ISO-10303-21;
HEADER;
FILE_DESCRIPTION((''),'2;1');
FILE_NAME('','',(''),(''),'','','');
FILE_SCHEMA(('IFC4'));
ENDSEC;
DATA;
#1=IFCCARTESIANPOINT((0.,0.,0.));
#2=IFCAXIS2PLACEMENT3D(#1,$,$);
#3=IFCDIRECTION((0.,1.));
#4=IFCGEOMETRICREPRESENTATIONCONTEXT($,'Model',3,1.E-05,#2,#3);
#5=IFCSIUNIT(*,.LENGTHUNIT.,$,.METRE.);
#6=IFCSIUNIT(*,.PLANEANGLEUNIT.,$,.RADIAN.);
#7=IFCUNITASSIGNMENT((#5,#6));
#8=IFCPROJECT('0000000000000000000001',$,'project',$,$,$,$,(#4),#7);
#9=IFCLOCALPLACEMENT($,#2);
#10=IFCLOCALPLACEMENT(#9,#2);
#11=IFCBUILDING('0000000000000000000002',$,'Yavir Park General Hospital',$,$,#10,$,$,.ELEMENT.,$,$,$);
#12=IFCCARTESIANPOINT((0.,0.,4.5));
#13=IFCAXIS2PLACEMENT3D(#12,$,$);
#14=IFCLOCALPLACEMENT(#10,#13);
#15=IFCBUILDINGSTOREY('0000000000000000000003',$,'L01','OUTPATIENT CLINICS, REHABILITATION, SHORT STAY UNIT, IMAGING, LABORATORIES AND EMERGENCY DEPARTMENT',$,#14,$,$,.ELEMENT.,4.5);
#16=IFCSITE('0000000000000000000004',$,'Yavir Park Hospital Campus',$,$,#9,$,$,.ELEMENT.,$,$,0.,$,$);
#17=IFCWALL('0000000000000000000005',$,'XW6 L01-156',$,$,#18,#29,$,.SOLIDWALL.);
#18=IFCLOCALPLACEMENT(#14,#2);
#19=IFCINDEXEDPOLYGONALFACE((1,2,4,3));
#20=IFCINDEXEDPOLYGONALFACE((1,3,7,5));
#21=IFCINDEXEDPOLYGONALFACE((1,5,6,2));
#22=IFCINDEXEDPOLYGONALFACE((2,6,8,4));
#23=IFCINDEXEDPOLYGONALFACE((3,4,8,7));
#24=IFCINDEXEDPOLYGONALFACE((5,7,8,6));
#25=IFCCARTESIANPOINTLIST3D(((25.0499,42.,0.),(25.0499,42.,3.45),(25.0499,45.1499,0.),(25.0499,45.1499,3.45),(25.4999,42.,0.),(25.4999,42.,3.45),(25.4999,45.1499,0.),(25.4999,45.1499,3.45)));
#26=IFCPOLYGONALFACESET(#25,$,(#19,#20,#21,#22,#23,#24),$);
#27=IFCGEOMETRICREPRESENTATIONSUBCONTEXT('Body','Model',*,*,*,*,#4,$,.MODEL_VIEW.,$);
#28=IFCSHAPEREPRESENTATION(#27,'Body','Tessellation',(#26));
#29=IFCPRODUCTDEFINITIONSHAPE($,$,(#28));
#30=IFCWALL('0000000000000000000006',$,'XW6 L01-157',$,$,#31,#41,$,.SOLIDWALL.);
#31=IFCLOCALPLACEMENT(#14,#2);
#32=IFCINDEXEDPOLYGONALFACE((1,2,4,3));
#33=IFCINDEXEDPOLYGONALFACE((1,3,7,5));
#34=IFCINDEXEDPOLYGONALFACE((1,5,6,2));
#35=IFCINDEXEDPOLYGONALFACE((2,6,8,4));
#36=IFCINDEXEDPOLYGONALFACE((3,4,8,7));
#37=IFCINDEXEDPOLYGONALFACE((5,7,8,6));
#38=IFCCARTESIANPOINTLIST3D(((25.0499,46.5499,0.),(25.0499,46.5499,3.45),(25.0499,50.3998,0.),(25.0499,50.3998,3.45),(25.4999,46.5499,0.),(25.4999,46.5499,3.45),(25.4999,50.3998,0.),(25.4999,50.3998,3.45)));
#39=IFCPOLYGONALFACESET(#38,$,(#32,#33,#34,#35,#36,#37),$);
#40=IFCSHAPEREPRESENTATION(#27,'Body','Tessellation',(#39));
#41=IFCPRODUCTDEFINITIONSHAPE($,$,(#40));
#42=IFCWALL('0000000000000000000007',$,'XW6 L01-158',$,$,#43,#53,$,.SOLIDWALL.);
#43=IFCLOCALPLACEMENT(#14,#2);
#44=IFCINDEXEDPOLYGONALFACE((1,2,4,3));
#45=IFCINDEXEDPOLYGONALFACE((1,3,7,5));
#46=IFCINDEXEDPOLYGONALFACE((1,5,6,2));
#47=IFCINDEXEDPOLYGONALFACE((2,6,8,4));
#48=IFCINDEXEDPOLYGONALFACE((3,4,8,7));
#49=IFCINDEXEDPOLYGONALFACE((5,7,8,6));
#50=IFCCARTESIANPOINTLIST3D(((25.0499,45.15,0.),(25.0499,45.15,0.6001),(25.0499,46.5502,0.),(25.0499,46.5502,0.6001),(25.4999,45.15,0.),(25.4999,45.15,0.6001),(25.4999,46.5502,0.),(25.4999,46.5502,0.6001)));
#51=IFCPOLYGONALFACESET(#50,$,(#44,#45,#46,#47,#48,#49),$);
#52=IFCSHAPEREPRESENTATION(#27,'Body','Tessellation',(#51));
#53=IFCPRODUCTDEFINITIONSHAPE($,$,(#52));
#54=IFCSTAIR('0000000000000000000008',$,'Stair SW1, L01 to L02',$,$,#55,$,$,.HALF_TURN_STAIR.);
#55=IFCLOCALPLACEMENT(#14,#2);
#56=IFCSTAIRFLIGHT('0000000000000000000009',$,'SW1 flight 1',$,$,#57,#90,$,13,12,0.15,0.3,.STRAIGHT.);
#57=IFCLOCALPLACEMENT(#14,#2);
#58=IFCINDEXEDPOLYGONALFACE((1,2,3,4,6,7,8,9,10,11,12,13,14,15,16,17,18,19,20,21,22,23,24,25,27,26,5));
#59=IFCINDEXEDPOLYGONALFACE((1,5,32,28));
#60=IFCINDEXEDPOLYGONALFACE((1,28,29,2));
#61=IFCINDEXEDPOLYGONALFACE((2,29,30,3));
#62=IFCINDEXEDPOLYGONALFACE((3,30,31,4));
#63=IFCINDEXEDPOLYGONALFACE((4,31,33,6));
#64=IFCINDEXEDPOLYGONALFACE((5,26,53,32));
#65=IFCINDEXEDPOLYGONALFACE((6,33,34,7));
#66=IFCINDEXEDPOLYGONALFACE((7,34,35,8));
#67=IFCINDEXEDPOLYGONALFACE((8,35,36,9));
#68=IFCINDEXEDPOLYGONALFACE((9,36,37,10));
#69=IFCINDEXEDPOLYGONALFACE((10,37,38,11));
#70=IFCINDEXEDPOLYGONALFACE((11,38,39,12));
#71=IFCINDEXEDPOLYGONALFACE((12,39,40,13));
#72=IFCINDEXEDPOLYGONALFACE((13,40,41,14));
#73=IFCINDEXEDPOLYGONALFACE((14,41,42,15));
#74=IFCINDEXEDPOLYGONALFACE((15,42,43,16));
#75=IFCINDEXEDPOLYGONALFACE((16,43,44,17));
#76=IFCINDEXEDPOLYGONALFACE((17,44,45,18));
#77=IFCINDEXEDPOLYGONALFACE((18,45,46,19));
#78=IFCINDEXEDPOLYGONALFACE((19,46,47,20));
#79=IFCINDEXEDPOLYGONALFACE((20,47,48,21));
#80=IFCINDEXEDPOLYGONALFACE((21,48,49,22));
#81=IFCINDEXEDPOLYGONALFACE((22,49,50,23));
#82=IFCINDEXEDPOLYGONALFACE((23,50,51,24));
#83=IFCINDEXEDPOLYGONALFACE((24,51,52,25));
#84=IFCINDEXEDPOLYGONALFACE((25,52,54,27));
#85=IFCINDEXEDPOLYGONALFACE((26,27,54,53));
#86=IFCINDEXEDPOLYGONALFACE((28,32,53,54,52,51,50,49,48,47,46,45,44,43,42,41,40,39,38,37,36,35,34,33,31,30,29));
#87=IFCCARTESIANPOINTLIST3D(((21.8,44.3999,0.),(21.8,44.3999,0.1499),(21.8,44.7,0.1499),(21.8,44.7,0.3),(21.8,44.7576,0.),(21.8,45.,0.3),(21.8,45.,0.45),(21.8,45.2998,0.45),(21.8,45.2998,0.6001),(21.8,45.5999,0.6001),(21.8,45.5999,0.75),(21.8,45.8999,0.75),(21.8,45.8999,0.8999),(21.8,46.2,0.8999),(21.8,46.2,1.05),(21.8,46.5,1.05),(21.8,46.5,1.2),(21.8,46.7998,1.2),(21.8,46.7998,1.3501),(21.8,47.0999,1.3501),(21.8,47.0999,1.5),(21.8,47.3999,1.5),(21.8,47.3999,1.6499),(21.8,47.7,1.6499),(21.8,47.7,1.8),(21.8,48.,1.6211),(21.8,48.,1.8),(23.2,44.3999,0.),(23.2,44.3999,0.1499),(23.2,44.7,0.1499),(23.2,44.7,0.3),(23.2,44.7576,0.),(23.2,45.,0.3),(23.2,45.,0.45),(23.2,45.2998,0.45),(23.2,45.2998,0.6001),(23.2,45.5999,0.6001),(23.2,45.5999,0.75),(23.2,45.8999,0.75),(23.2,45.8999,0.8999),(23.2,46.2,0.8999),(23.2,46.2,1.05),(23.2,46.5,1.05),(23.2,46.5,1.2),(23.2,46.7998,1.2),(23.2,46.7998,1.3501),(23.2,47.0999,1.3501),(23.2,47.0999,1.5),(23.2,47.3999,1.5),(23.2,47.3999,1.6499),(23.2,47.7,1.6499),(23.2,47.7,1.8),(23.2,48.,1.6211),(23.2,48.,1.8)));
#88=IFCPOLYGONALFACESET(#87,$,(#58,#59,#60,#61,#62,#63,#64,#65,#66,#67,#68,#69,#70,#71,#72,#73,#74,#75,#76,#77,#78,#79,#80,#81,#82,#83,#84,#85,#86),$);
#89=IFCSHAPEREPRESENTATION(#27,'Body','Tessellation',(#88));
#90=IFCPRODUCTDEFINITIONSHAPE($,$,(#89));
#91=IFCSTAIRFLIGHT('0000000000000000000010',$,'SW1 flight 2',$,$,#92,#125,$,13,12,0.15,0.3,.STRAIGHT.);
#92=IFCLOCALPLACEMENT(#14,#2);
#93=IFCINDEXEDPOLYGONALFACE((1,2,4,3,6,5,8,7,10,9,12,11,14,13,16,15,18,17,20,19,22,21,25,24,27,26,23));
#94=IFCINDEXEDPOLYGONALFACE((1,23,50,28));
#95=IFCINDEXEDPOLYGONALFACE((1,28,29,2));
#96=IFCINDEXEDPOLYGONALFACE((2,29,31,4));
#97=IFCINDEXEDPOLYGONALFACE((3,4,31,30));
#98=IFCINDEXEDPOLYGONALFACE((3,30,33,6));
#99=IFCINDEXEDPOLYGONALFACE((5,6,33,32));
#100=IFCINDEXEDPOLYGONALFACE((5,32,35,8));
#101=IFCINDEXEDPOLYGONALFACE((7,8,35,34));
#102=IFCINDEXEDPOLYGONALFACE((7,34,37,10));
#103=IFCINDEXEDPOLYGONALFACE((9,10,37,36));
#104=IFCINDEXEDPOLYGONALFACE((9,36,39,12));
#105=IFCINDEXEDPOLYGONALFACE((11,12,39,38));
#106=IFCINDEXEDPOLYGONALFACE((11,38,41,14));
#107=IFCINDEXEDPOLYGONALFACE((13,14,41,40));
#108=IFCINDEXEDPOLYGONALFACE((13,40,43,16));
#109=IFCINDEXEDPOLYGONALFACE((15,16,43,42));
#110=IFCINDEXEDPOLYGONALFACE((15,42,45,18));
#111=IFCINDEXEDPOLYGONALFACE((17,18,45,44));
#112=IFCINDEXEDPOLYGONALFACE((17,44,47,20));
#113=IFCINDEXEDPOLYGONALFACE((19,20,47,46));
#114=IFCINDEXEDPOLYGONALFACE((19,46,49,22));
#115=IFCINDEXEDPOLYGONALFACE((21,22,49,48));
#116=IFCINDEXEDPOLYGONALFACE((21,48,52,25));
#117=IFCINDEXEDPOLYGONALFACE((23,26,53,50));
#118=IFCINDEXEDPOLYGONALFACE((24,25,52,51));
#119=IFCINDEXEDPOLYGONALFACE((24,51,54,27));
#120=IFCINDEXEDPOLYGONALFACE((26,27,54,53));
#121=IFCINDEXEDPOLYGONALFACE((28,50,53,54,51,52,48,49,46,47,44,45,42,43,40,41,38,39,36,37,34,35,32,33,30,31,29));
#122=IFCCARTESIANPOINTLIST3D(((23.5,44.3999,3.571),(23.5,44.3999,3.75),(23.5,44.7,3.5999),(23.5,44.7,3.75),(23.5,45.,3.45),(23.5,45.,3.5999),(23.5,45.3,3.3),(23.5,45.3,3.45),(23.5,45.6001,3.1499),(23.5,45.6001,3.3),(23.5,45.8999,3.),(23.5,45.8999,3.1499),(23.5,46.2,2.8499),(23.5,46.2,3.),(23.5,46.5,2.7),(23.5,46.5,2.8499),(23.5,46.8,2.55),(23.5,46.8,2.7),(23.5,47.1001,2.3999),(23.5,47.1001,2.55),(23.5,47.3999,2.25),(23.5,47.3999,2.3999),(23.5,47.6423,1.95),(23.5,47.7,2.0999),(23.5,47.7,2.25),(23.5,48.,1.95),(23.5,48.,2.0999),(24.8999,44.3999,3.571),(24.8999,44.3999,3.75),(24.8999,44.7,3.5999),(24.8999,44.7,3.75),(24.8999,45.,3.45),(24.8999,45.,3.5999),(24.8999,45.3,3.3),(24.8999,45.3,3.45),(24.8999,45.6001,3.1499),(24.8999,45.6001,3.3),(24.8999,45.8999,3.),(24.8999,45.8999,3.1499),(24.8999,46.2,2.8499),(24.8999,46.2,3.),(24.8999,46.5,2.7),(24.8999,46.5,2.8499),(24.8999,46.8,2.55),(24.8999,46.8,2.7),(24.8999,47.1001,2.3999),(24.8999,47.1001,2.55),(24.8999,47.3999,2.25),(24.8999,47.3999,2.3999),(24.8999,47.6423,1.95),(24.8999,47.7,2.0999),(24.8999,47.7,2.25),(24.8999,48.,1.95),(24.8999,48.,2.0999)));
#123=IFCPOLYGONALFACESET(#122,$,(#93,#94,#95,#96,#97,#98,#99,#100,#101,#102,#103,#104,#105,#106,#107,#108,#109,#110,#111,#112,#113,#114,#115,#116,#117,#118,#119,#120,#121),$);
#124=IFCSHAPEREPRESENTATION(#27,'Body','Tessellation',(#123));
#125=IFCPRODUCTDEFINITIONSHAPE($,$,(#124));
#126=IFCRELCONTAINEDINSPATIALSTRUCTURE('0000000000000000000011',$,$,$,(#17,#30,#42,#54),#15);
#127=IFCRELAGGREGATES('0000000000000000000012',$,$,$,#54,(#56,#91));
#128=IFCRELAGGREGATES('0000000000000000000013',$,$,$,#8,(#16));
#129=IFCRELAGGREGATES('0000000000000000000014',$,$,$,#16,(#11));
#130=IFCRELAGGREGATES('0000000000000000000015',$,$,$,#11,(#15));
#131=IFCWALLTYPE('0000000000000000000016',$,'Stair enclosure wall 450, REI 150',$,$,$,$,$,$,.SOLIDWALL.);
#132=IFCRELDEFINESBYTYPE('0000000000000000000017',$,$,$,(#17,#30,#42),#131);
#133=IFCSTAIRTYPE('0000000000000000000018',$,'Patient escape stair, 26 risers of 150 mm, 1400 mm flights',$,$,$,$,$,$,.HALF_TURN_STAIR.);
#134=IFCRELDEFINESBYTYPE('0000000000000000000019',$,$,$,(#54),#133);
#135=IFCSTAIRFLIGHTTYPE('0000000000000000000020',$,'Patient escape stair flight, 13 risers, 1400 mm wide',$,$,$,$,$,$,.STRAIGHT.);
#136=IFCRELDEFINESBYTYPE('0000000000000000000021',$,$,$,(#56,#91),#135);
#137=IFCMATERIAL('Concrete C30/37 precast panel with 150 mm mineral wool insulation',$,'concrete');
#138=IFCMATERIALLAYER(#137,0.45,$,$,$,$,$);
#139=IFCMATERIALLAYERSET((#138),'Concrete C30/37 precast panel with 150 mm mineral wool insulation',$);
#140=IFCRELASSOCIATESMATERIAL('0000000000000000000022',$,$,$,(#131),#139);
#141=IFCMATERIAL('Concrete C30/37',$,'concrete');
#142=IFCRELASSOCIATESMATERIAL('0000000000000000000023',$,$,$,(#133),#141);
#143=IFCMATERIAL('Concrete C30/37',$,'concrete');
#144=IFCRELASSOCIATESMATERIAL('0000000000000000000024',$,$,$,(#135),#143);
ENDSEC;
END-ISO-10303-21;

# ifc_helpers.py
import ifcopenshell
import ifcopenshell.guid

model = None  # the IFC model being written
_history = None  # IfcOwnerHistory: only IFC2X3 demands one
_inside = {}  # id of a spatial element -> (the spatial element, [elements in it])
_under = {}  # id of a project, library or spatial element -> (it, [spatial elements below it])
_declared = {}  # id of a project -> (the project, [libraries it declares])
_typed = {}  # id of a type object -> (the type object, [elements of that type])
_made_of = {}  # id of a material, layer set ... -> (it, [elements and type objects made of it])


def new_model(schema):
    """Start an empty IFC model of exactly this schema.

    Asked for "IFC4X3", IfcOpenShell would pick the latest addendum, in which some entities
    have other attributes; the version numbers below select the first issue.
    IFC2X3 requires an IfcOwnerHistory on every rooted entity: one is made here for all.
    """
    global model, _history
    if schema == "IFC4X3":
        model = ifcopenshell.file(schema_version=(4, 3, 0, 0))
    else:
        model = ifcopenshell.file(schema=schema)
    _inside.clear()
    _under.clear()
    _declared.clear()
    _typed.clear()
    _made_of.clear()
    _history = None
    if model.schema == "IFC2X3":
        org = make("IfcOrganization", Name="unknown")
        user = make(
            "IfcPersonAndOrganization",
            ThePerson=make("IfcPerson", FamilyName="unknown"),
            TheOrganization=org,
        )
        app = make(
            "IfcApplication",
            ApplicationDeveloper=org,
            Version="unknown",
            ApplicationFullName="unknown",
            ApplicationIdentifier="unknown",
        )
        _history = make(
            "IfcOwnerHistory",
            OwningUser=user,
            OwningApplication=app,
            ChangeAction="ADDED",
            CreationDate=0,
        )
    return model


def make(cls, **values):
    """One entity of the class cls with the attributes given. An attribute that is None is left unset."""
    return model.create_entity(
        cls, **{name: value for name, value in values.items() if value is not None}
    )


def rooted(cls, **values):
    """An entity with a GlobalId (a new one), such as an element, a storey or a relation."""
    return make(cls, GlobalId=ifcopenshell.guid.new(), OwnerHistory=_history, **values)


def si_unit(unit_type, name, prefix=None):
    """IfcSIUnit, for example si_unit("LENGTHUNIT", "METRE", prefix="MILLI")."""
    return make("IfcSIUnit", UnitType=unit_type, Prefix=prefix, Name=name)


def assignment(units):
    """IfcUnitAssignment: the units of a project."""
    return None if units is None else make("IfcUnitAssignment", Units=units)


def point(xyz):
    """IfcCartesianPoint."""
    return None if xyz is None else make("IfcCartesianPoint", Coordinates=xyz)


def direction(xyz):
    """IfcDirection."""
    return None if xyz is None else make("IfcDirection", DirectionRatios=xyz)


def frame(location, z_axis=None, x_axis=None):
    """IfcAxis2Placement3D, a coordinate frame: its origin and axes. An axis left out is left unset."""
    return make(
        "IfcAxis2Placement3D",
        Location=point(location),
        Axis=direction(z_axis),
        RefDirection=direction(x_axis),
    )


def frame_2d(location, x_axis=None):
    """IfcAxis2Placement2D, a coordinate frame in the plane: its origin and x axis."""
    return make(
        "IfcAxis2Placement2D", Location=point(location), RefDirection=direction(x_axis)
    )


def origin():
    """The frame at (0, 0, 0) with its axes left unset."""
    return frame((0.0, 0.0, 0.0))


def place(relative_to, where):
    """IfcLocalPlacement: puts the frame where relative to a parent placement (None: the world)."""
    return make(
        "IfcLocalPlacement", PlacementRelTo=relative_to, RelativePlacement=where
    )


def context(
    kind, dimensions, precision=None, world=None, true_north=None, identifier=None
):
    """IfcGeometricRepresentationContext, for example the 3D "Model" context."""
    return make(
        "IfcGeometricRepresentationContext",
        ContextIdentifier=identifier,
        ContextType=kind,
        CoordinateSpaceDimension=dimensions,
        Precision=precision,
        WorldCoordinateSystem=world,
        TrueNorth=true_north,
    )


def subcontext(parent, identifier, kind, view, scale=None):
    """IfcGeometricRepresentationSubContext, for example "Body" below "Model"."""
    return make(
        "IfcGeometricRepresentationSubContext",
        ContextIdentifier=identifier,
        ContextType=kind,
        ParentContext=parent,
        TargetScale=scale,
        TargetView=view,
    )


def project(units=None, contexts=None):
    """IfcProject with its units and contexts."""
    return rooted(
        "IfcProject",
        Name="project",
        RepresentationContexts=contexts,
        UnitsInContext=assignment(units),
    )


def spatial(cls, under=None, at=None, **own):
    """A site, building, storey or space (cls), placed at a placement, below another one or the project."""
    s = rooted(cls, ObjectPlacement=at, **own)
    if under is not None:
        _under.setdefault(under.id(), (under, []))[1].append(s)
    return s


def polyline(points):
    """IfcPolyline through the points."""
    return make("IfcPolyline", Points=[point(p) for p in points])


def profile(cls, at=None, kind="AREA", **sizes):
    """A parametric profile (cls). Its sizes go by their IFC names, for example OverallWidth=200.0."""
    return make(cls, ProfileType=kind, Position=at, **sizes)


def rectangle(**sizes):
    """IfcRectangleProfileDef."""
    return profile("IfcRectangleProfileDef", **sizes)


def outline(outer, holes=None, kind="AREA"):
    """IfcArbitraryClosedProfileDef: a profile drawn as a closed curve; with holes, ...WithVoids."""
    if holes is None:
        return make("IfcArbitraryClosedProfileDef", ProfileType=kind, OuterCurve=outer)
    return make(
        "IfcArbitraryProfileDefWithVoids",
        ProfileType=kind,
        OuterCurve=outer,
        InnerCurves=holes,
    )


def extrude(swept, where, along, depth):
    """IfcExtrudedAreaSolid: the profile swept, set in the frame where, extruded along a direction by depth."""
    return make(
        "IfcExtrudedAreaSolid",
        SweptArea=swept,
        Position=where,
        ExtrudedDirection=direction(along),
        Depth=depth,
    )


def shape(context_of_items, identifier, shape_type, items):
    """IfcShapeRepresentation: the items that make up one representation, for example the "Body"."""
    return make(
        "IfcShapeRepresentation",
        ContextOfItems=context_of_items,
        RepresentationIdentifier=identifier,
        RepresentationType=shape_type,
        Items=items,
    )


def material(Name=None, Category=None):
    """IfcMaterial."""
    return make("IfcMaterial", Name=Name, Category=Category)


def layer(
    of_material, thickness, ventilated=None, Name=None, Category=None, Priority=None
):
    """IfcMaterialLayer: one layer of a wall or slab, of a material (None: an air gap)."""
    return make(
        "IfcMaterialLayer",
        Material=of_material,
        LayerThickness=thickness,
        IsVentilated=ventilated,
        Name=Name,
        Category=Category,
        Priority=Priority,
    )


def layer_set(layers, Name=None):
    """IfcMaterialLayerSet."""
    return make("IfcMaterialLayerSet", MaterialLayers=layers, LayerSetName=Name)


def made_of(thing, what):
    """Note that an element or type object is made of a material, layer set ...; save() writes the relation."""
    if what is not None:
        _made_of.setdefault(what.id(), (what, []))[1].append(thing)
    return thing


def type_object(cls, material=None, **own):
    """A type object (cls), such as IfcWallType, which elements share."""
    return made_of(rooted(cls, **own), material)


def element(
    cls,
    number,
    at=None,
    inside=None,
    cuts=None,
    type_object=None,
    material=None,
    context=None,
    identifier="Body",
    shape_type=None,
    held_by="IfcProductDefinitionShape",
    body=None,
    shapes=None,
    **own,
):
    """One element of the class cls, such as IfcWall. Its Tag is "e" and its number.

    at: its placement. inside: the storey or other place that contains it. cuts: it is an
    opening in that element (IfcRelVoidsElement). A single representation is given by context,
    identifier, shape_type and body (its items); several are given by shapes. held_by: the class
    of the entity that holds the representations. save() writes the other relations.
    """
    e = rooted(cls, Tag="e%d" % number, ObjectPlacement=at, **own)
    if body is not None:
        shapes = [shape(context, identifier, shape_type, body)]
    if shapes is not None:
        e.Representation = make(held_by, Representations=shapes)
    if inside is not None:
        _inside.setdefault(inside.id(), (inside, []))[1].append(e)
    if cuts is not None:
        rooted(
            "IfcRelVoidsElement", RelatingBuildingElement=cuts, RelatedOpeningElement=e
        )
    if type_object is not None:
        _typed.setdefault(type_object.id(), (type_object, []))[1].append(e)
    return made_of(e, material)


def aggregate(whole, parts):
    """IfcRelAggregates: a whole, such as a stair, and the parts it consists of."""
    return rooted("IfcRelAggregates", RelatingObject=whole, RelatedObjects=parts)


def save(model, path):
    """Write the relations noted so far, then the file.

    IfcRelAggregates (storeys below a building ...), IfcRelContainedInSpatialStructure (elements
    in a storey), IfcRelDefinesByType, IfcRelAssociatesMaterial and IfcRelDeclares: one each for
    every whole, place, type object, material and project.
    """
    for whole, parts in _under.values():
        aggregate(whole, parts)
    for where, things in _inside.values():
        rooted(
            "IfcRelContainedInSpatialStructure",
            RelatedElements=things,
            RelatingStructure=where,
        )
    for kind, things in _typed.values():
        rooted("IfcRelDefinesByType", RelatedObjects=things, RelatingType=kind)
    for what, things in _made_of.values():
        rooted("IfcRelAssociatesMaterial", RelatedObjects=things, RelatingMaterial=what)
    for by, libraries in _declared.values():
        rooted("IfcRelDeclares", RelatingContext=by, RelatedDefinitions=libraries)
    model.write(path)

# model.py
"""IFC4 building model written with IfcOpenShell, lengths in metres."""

from ifc_helpers import new_model, si_unit, direction, frame, frame_2d, origin, place, context, subcontext, project, spatial, polyline, rectangle, outline, extrude, material, layer, layer_set, type_object, element, aggregate, save


model = new_model("IFC4")

# Units and contexts
model_context = context("Model", 3, precision=1e-05, world=origin(), true_north=direction((0.0, 1.0)))
body_context = subcontext(model_context, "Body", "Model", "MODEL_VIEW")
ifc_project = project(units=[si_unit("LENGTHUNIT", "METRE"), si_unit("PLANEANGLEUNIT", "RADIAN")], contexts=[model_context])

# Site, building, storey
site_placement = place(None, origin())
site = spatial("IfcSite", under=ifc_project, at=site_placement, Name="Yavir Park Hospital Campus", CompositionType="ELEMENT", RefElevation=0.0)
building_placement = place(site_placement, origin())
building = spatial("IfcBuilding", under=site, at=building_placement, Name="Yavir Park General Hospital", CompositionType="ELEMENT")
storey_placement = place(building_placement, frame((0.0, 0.0, 4.5)))
storey = spatial("IfcBuildingStorey", under=building, at=storey_placement, Name="L01", Description="OUTPATIENT CLINICS, REHABILITATION, SHORT STAY UNIT, IMAGING, LABORATORIES AND EMERGENCY DEPARTMENT", CompositionType="ELEMENT", Elevation=4.5)

# Walls
ifc_material_1 = material(Name="Concrete C30/37 precast panel with 150 mm mineral wool insulation", Category="concrete")
ifc_layer_1 = layer(ifc_material_1, 0.45)
ifc_layer_set_1 = layer_set([ifc_layer_1], Name="Concrete C30/37 precast panel with 150 mm mineral wool insulation")
wall_type_1 = type_object("IfcWallType", Name="Stair enclosure wall 450, REI 150", PredefinedType="SOLIDWALL", material=ifc_layer_set_1)
wall_1_placement = place(storey_placement, frame((25.2749, 42.0, 0.0), z_axis=(0.0, 0.0, 1.0), x_axis=(0.0, 1.0, 0.0)))
element("IfcWall", 1, at=wall_1_placement, inside=storey, type_object=wall_type_1, Name="XW6 L01-156", PredefinedType="SOLIDWALL", context=body_context, shape_type="SweptSolid", body=[
    extrude(rectangle(XDim=3.1499, YDim=0.45, at=frame_2d((1.575, 0.0))), origin(), (0.0, 0.0, 1.0), 3.45),
])
wall_2_placement = place(storey_placement, frame((25.2749, 46.55, 0.0), z_axis=(0.0, 0.0, 1.0), x_axis=(0.0, 1.0, 0.0)))
element("IfcWall", 2, at=wall_2_placement, inside=storey, type_object=wall_type_1, Name="XW6 L01-157", PredefinedType="SOLIDWALL", context=body_context, shape_type="SweptSolid", body=[
    extrude(rectangle(XDim=3.8499, YDim=0.45, at=frame_2d((1.9248, 0.0))), origin(), (0.0, 0.0, 1.0), 3.45),
])
wall_3_placement = place(storey_placement, frame((25.2749, 45.1499, 0.0), z_axis=(0.0, 0.0, 1.0), x_axis=(0.0, 1.0, 0.0)))
element("IfcWall", 3, at=wall_3_placement, inside=storey, type_object=wall_type_1, Name="XW6 L01-158", PredefinedType="SOLIDWALL", context=body_context, shape_type="SweptSolid", body=[
    extrude(rectangle(XDim=1.4001, YDim=0.45, at=frame_2d((0.7002, 0.0))), origin(), (0.0, 0.0, 1.0), 0.6001),
])

# Stair, stair flights
ifc_material_2 = material(Name="Concrete C30/37", Category="concrete")
stair_type = type_object("IfcStairType", Name="Patient escape stair, 26 risers of 150 mm, 1400 mm flights", PredefinedType="HALF_TURN_STAIR", material=ifc_material_2)
stair_placement = place(storey_placement, origin())
stair = element("IfcStair", 4, at=stair_placement, inside=storey, type_object=stair_type, Name="Stair SW1, L01 to L02", PredefinedType="HALF_TURN_STAIR")
ifc_material_3 = material(Name="Concrete C30/37", Category="concrete")
stair_flight_type = type_object("IfcStairFlightType", Name="Patient escape stair flight, 13 risers, 1400 mm wide", PredefinedType="STRAIGHT", material=ifc_material_3)
stair_flight_1_placement = place(storey_placement, frame((22.5, 44.3999, 0.0), z_axis=(0.0, 0.0, 1.0), x_axis=(0.0, 1.0, 0.0)))
stair_flight_1 = element("IfcStairFlight", 5, at=stair_flight_1_placement, type_object=stair_flight_type, Name="SW1 flight 1", NumberOfRisers=13, NumberOfTreads=12, PredefinedType="STRAIGHT", RiserHeight=0.15, TreadLength=0.3, context=body_context, shape_type="SweptSolid", body=[
    extrude(outline(polyline([(0.0, 0.0), (0.0, 0.1499), (0.3, 0.1499), (0.3, 0.3), (0.6001, 0.3), (0.6001, 0.45), (0.8999, 0.45), (0.8999, 0.6001), (1.2, 0.6001), (1.2, 0.75), (1.5, 0.75), (1.5, 0.8999), (1.8, 0.8999), (1.8, 1.05), (2.1001, 1.05), (2.1001, 1.2), (2.3999, 1.2), (2.3999, 1.3501), (2.7, 1.3501), (2.7, 1.5), (3.0, 1.5), (3.0, 1.6499), (3.3, 1.6499), (3.3, 1.8), (3.6001, 1.8), (3.6001, 1.95), (3.6001, 1.6211), (0.3577, 0.0), (0.0, 0.0)])), frame((0.0, 0.7, 0.0), z_axis=(0.0, -1.0, 0.0), x_axis=(1.0, 0.0, 0.0)), (0.0, 0.0, 1.0), 1.3999),
])
stair_flight_2_placement = place(storey_placement, frame((24.2, 48.0, 1.95), z_axis=(0.0, 0.0, 1.0), x_axis=(0.0, -1.0, 0.0)))
stair_flight_2 = element("IfcStairFlight", 6, at=stair_flight_2_placement, type_object=stair_flight_type, Name="SW1 flight 2", NumberOfRisers=13, NumberOfTreads=12, PredefinedType="STRAIGHT", RiserHeight=0.15, TreadLength=0.3, context=body_context, shape_type="SweptSolid", body=[
    extrude(outline(polyline([(0.0, 0.0), (0.0, 0.1499), (0.3, 0.1499), (0.3, 0.3), (0.6001, 0.3), (0.6001, 0.45), (0.8999, 0.45), (0.8999, 0.6001), (1.2, 0.6001), (1.2, 0.75), (1.5, 0.75), (1.5, 0.8999), (1.8, 0.8999), (1.8, 1.05), (2.1001, 1.05), (2.1001, 1.2), (2.3999, 1.2), (2.3999, 1.3501), (2.7, 1.3501), (2.7, 1.5), (3.0, 1.5), (3.0, 1.6499), (3.3, 1.6499), (3.3, 1.8), (3.6001, 1.8), (3.6001, 1.95), (3.6001, 1.6211), (0.3577, 0.0), (0.0, 0.0)])), frame((0.0, 0.7, 0.0), z_axis=(0.0, -1.0, 0.0), x_axis=(1.0, 0.0, 0.0)), (0.0, 0.0, 1.0), 1.3999),
])
aggregate(stair, [stair_flight_1, stair_flight_2])

save(model, "model.ifc")
